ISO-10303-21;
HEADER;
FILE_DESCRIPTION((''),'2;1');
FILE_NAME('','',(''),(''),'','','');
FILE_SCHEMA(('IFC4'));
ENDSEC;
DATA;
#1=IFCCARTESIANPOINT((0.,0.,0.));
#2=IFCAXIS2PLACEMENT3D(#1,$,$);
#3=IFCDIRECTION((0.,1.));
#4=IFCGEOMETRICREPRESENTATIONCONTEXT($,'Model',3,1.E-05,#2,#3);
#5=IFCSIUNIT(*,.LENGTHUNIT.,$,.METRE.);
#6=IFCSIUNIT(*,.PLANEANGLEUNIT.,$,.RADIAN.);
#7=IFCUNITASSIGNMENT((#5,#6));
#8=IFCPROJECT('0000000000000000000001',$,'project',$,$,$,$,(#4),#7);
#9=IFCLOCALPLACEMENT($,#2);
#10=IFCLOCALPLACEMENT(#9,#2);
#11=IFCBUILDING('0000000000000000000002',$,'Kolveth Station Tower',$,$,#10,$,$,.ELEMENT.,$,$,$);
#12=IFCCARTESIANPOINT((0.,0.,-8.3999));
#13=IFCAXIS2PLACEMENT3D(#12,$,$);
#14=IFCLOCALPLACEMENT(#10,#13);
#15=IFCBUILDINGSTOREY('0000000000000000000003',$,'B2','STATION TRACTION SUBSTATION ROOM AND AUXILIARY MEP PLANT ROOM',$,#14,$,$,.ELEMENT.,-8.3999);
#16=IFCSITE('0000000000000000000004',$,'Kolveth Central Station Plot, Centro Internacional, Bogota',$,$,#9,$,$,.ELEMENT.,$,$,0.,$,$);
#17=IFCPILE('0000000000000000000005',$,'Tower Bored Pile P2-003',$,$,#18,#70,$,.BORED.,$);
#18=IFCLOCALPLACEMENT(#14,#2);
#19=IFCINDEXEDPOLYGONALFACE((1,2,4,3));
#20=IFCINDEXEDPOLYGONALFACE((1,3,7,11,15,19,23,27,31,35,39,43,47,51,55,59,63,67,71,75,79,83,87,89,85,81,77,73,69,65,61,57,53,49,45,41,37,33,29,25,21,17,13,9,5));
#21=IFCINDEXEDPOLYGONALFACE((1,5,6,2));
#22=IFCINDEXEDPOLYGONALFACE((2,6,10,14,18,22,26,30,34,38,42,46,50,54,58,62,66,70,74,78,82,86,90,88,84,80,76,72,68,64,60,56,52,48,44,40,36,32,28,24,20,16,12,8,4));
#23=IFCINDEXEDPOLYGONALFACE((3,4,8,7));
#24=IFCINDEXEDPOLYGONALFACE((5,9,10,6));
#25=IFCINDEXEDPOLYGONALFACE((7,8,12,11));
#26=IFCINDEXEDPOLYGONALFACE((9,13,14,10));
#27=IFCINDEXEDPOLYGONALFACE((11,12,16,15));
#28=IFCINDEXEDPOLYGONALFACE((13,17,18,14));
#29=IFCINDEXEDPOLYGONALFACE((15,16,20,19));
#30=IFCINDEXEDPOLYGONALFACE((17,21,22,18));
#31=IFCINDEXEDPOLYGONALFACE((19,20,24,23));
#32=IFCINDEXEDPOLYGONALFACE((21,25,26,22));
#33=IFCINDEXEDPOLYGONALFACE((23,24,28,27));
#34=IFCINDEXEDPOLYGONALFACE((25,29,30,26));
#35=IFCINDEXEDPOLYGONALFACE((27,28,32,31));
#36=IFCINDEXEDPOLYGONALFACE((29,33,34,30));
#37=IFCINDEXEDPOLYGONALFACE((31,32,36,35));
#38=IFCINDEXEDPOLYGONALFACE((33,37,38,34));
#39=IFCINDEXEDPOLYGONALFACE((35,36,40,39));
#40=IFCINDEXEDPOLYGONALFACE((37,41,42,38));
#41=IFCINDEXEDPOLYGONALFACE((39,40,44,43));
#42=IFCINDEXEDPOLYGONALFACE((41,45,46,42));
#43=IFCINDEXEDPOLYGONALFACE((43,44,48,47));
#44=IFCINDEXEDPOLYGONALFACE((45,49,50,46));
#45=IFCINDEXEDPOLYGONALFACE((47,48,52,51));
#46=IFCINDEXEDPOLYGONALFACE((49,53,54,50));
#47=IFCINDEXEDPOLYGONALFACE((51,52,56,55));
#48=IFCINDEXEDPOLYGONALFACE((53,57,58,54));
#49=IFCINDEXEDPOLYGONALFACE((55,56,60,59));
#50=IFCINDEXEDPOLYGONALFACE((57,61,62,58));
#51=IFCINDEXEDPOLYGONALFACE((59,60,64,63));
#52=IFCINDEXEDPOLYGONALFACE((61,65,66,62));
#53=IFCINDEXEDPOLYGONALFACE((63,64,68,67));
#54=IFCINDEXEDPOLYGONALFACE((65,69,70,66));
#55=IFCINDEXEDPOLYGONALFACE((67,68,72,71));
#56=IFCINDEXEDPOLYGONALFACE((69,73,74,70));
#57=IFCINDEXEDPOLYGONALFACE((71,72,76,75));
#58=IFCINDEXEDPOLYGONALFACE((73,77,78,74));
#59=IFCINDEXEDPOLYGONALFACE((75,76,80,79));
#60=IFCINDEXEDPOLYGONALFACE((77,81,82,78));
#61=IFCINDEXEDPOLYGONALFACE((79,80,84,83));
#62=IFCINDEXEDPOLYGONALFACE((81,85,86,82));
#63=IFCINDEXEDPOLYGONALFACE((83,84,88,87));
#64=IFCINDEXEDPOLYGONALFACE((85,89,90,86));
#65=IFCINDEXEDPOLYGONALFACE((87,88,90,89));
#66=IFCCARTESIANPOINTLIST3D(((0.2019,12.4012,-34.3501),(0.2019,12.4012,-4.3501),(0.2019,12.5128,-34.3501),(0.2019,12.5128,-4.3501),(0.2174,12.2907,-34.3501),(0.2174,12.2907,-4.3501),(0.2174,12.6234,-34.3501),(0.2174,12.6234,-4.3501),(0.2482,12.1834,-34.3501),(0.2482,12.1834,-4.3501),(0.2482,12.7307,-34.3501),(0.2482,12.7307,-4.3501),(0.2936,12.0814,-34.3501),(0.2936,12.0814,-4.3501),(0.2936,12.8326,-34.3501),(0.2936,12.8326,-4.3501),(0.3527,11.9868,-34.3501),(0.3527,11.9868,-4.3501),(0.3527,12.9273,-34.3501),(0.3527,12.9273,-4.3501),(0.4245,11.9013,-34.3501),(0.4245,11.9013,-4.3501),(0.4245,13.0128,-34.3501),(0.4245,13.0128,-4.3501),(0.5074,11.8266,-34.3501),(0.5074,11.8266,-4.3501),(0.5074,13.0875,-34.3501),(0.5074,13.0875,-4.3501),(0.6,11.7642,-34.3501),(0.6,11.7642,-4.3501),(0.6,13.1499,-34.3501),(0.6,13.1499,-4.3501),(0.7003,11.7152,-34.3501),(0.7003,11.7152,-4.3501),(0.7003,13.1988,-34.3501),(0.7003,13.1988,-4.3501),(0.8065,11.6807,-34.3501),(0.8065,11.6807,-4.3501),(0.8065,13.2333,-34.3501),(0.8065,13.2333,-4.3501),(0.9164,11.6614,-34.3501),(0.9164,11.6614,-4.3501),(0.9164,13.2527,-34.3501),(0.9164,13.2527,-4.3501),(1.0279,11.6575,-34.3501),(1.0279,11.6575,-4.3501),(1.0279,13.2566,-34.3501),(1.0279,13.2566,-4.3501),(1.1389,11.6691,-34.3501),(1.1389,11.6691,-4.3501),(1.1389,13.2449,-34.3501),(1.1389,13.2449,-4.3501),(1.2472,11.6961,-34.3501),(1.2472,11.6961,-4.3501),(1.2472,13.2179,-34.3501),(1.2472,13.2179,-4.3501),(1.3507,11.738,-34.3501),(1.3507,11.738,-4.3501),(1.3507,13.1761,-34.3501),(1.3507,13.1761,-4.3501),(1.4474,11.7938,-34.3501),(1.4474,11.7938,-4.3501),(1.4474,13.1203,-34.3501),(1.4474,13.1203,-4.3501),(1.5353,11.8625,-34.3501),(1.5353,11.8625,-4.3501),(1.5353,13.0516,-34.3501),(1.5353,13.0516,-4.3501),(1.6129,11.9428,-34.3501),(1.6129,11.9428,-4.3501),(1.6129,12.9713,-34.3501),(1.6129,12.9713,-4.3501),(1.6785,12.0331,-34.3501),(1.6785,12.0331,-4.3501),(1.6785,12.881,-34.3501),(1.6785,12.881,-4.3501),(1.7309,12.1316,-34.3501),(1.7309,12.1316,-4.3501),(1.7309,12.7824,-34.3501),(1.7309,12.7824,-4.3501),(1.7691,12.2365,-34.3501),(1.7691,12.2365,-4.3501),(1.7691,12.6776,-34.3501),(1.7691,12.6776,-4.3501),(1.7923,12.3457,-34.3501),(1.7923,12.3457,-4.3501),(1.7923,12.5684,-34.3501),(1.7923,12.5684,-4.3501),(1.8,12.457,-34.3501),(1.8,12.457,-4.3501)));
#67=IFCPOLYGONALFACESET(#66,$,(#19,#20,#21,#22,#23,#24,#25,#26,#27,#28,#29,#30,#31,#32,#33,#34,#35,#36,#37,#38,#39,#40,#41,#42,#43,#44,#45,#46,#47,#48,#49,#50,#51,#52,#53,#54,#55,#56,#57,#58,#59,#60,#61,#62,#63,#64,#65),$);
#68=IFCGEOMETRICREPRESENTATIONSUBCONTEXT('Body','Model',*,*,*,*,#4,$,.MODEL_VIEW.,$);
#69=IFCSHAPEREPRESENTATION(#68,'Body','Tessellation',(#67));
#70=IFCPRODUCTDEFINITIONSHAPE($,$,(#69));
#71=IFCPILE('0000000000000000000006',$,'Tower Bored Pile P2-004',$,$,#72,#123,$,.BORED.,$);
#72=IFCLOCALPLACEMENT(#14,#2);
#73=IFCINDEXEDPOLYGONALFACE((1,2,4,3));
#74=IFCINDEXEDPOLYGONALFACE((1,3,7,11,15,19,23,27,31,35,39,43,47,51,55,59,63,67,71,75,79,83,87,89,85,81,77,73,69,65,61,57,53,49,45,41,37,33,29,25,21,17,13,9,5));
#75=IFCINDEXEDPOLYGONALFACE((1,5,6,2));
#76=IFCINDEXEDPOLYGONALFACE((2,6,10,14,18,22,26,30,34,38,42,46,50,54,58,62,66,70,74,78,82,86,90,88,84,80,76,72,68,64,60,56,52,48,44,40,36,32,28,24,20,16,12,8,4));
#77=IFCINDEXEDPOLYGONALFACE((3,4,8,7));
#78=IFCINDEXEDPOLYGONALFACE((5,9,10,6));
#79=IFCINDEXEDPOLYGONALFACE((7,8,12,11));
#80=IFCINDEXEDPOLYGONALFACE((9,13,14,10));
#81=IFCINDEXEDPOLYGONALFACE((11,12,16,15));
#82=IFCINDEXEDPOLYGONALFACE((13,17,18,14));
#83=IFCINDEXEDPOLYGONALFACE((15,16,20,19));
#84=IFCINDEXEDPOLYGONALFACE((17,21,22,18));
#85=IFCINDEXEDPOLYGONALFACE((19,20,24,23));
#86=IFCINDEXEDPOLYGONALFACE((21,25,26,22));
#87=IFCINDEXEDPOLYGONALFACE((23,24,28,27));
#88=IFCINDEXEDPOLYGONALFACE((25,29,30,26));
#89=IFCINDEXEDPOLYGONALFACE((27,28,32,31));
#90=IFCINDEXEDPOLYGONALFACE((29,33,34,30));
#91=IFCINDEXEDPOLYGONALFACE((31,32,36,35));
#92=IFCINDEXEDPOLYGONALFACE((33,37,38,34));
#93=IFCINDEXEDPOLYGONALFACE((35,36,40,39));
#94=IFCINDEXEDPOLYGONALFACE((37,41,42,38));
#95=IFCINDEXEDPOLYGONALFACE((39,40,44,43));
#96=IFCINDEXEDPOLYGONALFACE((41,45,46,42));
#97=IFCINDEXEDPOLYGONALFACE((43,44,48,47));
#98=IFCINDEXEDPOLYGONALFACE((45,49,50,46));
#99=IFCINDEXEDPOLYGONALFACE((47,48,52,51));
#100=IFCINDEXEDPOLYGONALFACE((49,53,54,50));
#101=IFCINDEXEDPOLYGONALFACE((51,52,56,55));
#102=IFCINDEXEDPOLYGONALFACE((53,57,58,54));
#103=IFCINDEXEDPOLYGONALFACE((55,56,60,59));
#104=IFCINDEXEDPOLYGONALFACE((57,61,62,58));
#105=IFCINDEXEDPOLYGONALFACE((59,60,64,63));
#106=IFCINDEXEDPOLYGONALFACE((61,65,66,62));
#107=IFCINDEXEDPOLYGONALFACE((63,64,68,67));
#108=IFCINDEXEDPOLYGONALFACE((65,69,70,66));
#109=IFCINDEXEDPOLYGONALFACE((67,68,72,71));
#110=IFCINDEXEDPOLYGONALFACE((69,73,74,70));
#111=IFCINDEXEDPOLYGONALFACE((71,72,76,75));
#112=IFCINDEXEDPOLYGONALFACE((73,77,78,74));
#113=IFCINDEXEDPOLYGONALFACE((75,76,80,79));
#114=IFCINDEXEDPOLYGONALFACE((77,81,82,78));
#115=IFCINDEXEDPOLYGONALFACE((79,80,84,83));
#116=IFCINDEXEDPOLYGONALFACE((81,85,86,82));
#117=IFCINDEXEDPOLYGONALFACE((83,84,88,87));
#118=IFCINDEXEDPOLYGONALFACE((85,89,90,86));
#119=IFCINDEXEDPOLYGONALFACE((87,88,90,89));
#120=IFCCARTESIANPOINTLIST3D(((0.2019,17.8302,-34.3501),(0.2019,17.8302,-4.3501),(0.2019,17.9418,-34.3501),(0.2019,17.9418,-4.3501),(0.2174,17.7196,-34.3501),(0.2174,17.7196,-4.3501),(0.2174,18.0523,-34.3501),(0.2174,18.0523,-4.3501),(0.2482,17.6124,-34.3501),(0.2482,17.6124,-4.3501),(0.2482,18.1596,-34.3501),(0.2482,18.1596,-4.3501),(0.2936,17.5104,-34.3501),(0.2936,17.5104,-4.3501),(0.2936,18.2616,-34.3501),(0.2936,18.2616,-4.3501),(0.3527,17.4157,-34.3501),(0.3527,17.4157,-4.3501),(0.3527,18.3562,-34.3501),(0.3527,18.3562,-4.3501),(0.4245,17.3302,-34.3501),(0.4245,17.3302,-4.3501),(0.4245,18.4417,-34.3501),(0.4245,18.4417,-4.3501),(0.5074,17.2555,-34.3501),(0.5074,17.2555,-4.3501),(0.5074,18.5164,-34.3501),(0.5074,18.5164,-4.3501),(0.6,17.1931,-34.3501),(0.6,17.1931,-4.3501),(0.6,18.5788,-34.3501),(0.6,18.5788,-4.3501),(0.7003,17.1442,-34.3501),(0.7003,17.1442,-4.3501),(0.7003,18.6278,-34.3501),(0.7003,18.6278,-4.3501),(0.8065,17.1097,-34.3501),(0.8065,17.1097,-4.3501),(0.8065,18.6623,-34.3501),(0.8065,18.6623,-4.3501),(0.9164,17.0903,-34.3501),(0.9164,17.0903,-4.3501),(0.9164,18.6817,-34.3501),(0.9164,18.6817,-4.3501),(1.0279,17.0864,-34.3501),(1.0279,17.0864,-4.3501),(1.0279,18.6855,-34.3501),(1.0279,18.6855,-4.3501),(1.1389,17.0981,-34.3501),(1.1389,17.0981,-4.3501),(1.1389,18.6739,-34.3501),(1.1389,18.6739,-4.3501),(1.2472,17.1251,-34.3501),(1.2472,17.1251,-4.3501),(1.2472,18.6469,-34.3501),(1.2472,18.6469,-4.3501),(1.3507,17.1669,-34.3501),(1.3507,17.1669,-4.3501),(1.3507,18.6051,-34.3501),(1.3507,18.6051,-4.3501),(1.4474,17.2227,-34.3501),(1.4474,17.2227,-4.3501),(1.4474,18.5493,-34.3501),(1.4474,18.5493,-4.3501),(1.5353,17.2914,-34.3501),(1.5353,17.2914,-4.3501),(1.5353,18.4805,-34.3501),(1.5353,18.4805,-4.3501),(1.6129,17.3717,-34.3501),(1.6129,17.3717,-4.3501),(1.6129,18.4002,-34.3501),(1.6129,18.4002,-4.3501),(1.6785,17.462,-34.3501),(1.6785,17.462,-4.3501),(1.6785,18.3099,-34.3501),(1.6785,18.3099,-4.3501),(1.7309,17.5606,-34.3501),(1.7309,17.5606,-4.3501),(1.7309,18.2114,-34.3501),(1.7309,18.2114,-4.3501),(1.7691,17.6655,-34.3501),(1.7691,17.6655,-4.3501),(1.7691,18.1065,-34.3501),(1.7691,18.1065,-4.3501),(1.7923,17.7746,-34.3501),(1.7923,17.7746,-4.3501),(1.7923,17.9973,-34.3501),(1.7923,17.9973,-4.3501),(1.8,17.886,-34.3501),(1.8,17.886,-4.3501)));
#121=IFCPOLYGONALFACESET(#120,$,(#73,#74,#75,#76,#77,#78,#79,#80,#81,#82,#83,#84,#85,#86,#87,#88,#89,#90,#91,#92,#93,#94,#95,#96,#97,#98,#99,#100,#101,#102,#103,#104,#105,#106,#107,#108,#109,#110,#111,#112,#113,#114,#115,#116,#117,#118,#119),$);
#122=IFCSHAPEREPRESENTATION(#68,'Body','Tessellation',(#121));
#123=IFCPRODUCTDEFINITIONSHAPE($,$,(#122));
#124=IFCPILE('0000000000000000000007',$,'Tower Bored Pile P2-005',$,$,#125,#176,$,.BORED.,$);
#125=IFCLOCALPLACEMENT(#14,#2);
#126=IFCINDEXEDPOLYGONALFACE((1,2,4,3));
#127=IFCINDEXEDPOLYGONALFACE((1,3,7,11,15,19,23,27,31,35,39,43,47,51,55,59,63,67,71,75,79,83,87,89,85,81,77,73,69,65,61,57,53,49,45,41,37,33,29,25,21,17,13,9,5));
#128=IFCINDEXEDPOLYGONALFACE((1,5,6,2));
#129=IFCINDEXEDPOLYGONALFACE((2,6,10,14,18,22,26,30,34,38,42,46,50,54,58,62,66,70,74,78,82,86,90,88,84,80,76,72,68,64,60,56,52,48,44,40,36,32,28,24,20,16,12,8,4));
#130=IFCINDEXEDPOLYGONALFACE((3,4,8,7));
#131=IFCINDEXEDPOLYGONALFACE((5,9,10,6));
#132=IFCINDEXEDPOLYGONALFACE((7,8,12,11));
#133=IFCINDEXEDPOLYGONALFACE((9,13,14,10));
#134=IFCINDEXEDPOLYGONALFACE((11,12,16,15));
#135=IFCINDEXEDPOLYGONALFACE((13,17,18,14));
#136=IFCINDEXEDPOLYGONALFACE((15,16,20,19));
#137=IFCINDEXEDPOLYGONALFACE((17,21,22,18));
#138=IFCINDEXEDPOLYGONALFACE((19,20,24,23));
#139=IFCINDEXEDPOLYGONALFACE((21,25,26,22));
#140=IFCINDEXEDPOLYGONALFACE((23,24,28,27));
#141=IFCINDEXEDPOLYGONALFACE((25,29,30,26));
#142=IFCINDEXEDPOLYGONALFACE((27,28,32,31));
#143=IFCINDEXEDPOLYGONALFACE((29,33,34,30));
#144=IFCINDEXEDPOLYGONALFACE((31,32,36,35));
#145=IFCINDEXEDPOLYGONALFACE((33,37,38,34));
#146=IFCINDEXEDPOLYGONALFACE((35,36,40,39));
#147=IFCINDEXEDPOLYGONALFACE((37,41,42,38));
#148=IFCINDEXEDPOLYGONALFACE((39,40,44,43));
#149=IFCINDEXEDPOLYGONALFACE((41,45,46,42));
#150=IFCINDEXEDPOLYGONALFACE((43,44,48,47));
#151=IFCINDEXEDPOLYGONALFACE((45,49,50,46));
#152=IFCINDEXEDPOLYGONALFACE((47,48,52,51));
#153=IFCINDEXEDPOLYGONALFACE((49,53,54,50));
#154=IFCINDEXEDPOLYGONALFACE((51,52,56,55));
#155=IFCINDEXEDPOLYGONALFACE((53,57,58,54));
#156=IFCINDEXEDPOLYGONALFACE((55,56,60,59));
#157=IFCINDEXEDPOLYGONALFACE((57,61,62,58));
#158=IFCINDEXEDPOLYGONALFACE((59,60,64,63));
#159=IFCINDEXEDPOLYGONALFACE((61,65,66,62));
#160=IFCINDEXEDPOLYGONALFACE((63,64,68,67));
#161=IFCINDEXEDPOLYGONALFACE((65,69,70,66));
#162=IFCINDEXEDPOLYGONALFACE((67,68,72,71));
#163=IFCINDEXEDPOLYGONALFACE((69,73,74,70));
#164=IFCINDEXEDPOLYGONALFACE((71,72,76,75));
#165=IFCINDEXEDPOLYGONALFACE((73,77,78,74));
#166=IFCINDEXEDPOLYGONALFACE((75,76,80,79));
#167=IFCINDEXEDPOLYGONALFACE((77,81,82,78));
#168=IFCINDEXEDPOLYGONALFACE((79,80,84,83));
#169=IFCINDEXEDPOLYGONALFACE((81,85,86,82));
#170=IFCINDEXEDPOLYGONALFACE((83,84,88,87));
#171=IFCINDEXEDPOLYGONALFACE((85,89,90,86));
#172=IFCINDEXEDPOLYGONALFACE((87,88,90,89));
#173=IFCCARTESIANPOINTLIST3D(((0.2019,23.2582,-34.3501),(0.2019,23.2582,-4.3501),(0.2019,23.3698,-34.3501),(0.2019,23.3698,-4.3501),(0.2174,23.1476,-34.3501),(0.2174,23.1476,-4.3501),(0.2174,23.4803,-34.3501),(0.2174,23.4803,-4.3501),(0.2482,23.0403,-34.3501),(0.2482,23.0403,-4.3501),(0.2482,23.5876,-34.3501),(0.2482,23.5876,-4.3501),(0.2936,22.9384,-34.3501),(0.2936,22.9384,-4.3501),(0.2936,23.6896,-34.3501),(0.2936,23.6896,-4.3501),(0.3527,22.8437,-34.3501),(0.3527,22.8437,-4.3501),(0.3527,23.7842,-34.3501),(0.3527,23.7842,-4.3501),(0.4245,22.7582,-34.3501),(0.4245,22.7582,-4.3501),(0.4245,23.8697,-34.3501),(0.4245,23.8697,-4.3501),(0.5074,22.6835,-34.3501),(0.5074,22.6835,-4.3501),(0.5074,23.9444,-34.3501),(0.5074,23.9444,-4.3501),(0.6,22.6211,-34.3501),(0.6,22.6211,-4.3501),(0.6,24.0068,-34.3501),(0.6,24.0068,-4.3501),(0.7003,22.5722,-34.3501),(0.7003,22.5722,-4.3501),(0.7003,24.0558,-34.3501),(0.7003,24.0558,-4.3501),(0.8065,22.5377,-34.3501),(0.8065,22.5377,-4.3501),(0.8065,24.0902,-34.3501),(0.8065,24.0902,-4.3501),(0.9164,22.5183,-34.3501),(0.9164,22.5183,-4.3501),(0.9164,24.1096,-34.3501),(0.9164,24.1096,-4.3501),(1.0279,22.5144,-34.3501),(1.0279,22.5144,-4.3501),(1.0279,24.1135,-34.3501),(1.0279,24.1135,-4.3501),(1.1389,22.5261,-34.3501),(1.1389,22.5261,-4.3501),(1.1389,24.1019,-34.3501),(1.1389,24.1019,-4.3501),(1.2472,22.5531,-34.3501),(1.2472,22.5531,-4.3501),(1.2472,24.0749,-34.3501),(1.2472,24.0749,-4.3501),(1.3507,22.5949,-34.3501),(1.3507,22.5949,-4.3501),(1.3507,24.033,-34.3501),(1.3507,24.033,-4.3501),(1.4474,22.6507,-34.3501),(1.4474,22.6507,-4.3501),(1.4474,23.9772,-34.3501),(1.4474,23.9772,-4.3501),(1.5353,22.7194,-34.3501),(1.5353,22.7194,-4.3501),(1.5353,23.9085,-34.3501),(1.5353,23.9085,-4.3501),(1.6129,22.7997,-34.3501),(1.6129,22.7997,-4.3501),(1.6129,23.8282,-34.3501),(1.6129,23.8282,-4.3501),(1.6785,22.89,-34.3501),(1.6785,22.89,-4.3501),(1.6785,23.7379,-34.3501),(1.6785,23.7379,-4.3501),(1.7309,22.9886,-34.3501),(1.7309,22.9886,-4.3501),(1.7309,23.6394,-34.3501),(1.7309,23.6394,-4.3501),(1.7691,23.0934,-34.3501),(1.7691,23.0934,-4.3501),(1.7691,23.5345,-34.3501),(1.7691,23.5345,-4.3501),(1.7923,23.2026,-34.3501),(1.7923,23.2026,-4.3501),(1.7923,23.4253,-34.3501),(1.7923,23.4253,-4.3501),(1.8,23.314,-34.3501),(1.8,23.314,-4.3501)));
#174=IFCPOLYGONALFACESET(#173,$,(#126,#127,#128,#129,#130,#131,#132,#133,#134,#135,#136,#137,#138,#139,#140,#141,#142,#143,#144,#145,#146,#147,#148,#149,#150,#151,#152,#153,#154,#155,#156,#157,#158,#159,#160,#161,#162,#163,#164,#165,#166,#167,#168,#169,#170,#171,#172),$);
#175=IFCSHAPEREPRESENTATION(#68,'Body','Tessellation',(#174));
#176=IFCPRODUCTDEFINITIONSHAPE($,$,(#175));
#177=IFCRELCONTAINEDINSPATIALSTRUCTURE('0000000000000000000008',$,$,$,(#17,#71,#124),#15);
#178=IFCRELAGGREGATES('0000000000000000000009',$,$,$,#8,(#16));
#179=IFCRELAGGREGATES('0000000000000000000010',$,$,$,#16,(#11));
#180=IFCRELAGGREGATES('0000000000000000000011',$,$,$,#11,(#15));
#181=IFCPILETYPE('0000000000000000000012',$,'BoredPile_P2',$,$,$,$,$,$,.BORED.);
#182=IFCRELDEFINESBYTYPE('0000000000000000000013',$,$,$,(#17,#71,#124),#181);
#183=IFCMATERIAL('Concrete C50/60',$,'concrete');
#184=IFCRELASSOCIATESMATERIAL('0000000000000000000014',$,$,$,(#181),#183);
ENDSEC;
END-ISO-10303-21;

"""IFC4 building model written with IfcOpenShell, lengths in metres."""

from ifc_helpers import new_model, si_unit, direction, frame, origin, origin_2d, place, context, subcontext, project, spatial, circle, extrude, source, transform, mapped, material, material_profile, profile_set, type_object, element, save


model = new_model("IFC4")

# Units and contexts
model_context = context("Model", 3, precision=1e-05, world=origin(), true_north=direction((0.0, 1.0)))
body_context = subcontext(model_context, "Body", "Model", "MODEL_VIEW")
ifc_project = project(units=[si_unit("LENGTHUNIT", "METRE"), si_unit("PLANEANGLEUNIT", "RADIAN")], contexts=[model_context])

# Site, building, storey
site_placement = place(None, origin())
site = spatial("IfcSite", under=ifc_project, at=site_placement, Name="Kolveth Central Station Plot, Centro Internacional, Bogota", CompositionType="ELEMENT", RefElevation=0.0)
building_placement = place(site_placement, origin())
building = spatial("IfcBuilding", under=site, at=building_placement, Name="Kolveth Station Tower", CompositionType="ELEMENT")
storey_placement = place(building_placement, frame((0.0, 0.0, -8.3999)))
storey = spatial("IfcBuildingStorey", under=building, at=storey_placement, Name="B2", Description="STATION TRACTION SUBSTATION ROOM AND AUXILIARY MEP PLANT ROOM", CompositionType="ELEMENT", Elevation=-8.3999)

# Piles
ifc_material_1 = material(Name="Concrete C50/60", Category="concrete")
ifc_material_profile_1 = material_profile(ifc_material_1, circle(Radius=0.8, at=origin_2d()), Name="PILE-D1600")
ifc_profile_set_1 = profile_set([ifc_material_profile_1], Name="Concrete C50/60")
pile_type_1 = type_object("IfcPileType", Name="BoredPile_P2", PredefinedType="BORED", material=ifc_profile_set_1)
shared_shape_1 = source(origin(), body_context, "Body", "SweptSolid", [
    extrude(circle(Radius=0.8, at=origin_2d()), origin(), (0.0, 0.0, 1.0), 30.0),
])
for number, where, z_axis, x_axis, name in (
    (1, (1.0, 12.457, -4.3501), (0.0, 0.0, -1.0), (1.0, 0.0, 0.0), "Tower Bored Pile P2-003"),
    (2, (1.0, 17.886, -4.3501), (0.0, 0.0, -1.0), (1.0, 0.0, 0.0), "Tower Bored Pile P2-004"),
    (3, (1.0, 23.314, -4.3501), (0.0, 0.0, -1.0), (1.0, 0.0, 0.0), "Tower Bored Pile P2-005"),
):
    element("IfcPile", number, at=place(storey_placement, frame(where, z_axis=z_axis, x_axis=x_axis)), inside=storey, type_object=pile_type_1, Name=name, PredefinedType="BORED", context=body_context, shape_type="MappedRepresentation", body=[
        mapped(shared_shape_1, transform((0.0, 0.0, 0.0), x_axis=(1.0, 0.0, 0.0), y_axis=(0.0, 1.0, 0.0), z_axis=(0.0, 0.0, 1.0), scale=1.0)),
    ])

save(model, "model.ifc")
